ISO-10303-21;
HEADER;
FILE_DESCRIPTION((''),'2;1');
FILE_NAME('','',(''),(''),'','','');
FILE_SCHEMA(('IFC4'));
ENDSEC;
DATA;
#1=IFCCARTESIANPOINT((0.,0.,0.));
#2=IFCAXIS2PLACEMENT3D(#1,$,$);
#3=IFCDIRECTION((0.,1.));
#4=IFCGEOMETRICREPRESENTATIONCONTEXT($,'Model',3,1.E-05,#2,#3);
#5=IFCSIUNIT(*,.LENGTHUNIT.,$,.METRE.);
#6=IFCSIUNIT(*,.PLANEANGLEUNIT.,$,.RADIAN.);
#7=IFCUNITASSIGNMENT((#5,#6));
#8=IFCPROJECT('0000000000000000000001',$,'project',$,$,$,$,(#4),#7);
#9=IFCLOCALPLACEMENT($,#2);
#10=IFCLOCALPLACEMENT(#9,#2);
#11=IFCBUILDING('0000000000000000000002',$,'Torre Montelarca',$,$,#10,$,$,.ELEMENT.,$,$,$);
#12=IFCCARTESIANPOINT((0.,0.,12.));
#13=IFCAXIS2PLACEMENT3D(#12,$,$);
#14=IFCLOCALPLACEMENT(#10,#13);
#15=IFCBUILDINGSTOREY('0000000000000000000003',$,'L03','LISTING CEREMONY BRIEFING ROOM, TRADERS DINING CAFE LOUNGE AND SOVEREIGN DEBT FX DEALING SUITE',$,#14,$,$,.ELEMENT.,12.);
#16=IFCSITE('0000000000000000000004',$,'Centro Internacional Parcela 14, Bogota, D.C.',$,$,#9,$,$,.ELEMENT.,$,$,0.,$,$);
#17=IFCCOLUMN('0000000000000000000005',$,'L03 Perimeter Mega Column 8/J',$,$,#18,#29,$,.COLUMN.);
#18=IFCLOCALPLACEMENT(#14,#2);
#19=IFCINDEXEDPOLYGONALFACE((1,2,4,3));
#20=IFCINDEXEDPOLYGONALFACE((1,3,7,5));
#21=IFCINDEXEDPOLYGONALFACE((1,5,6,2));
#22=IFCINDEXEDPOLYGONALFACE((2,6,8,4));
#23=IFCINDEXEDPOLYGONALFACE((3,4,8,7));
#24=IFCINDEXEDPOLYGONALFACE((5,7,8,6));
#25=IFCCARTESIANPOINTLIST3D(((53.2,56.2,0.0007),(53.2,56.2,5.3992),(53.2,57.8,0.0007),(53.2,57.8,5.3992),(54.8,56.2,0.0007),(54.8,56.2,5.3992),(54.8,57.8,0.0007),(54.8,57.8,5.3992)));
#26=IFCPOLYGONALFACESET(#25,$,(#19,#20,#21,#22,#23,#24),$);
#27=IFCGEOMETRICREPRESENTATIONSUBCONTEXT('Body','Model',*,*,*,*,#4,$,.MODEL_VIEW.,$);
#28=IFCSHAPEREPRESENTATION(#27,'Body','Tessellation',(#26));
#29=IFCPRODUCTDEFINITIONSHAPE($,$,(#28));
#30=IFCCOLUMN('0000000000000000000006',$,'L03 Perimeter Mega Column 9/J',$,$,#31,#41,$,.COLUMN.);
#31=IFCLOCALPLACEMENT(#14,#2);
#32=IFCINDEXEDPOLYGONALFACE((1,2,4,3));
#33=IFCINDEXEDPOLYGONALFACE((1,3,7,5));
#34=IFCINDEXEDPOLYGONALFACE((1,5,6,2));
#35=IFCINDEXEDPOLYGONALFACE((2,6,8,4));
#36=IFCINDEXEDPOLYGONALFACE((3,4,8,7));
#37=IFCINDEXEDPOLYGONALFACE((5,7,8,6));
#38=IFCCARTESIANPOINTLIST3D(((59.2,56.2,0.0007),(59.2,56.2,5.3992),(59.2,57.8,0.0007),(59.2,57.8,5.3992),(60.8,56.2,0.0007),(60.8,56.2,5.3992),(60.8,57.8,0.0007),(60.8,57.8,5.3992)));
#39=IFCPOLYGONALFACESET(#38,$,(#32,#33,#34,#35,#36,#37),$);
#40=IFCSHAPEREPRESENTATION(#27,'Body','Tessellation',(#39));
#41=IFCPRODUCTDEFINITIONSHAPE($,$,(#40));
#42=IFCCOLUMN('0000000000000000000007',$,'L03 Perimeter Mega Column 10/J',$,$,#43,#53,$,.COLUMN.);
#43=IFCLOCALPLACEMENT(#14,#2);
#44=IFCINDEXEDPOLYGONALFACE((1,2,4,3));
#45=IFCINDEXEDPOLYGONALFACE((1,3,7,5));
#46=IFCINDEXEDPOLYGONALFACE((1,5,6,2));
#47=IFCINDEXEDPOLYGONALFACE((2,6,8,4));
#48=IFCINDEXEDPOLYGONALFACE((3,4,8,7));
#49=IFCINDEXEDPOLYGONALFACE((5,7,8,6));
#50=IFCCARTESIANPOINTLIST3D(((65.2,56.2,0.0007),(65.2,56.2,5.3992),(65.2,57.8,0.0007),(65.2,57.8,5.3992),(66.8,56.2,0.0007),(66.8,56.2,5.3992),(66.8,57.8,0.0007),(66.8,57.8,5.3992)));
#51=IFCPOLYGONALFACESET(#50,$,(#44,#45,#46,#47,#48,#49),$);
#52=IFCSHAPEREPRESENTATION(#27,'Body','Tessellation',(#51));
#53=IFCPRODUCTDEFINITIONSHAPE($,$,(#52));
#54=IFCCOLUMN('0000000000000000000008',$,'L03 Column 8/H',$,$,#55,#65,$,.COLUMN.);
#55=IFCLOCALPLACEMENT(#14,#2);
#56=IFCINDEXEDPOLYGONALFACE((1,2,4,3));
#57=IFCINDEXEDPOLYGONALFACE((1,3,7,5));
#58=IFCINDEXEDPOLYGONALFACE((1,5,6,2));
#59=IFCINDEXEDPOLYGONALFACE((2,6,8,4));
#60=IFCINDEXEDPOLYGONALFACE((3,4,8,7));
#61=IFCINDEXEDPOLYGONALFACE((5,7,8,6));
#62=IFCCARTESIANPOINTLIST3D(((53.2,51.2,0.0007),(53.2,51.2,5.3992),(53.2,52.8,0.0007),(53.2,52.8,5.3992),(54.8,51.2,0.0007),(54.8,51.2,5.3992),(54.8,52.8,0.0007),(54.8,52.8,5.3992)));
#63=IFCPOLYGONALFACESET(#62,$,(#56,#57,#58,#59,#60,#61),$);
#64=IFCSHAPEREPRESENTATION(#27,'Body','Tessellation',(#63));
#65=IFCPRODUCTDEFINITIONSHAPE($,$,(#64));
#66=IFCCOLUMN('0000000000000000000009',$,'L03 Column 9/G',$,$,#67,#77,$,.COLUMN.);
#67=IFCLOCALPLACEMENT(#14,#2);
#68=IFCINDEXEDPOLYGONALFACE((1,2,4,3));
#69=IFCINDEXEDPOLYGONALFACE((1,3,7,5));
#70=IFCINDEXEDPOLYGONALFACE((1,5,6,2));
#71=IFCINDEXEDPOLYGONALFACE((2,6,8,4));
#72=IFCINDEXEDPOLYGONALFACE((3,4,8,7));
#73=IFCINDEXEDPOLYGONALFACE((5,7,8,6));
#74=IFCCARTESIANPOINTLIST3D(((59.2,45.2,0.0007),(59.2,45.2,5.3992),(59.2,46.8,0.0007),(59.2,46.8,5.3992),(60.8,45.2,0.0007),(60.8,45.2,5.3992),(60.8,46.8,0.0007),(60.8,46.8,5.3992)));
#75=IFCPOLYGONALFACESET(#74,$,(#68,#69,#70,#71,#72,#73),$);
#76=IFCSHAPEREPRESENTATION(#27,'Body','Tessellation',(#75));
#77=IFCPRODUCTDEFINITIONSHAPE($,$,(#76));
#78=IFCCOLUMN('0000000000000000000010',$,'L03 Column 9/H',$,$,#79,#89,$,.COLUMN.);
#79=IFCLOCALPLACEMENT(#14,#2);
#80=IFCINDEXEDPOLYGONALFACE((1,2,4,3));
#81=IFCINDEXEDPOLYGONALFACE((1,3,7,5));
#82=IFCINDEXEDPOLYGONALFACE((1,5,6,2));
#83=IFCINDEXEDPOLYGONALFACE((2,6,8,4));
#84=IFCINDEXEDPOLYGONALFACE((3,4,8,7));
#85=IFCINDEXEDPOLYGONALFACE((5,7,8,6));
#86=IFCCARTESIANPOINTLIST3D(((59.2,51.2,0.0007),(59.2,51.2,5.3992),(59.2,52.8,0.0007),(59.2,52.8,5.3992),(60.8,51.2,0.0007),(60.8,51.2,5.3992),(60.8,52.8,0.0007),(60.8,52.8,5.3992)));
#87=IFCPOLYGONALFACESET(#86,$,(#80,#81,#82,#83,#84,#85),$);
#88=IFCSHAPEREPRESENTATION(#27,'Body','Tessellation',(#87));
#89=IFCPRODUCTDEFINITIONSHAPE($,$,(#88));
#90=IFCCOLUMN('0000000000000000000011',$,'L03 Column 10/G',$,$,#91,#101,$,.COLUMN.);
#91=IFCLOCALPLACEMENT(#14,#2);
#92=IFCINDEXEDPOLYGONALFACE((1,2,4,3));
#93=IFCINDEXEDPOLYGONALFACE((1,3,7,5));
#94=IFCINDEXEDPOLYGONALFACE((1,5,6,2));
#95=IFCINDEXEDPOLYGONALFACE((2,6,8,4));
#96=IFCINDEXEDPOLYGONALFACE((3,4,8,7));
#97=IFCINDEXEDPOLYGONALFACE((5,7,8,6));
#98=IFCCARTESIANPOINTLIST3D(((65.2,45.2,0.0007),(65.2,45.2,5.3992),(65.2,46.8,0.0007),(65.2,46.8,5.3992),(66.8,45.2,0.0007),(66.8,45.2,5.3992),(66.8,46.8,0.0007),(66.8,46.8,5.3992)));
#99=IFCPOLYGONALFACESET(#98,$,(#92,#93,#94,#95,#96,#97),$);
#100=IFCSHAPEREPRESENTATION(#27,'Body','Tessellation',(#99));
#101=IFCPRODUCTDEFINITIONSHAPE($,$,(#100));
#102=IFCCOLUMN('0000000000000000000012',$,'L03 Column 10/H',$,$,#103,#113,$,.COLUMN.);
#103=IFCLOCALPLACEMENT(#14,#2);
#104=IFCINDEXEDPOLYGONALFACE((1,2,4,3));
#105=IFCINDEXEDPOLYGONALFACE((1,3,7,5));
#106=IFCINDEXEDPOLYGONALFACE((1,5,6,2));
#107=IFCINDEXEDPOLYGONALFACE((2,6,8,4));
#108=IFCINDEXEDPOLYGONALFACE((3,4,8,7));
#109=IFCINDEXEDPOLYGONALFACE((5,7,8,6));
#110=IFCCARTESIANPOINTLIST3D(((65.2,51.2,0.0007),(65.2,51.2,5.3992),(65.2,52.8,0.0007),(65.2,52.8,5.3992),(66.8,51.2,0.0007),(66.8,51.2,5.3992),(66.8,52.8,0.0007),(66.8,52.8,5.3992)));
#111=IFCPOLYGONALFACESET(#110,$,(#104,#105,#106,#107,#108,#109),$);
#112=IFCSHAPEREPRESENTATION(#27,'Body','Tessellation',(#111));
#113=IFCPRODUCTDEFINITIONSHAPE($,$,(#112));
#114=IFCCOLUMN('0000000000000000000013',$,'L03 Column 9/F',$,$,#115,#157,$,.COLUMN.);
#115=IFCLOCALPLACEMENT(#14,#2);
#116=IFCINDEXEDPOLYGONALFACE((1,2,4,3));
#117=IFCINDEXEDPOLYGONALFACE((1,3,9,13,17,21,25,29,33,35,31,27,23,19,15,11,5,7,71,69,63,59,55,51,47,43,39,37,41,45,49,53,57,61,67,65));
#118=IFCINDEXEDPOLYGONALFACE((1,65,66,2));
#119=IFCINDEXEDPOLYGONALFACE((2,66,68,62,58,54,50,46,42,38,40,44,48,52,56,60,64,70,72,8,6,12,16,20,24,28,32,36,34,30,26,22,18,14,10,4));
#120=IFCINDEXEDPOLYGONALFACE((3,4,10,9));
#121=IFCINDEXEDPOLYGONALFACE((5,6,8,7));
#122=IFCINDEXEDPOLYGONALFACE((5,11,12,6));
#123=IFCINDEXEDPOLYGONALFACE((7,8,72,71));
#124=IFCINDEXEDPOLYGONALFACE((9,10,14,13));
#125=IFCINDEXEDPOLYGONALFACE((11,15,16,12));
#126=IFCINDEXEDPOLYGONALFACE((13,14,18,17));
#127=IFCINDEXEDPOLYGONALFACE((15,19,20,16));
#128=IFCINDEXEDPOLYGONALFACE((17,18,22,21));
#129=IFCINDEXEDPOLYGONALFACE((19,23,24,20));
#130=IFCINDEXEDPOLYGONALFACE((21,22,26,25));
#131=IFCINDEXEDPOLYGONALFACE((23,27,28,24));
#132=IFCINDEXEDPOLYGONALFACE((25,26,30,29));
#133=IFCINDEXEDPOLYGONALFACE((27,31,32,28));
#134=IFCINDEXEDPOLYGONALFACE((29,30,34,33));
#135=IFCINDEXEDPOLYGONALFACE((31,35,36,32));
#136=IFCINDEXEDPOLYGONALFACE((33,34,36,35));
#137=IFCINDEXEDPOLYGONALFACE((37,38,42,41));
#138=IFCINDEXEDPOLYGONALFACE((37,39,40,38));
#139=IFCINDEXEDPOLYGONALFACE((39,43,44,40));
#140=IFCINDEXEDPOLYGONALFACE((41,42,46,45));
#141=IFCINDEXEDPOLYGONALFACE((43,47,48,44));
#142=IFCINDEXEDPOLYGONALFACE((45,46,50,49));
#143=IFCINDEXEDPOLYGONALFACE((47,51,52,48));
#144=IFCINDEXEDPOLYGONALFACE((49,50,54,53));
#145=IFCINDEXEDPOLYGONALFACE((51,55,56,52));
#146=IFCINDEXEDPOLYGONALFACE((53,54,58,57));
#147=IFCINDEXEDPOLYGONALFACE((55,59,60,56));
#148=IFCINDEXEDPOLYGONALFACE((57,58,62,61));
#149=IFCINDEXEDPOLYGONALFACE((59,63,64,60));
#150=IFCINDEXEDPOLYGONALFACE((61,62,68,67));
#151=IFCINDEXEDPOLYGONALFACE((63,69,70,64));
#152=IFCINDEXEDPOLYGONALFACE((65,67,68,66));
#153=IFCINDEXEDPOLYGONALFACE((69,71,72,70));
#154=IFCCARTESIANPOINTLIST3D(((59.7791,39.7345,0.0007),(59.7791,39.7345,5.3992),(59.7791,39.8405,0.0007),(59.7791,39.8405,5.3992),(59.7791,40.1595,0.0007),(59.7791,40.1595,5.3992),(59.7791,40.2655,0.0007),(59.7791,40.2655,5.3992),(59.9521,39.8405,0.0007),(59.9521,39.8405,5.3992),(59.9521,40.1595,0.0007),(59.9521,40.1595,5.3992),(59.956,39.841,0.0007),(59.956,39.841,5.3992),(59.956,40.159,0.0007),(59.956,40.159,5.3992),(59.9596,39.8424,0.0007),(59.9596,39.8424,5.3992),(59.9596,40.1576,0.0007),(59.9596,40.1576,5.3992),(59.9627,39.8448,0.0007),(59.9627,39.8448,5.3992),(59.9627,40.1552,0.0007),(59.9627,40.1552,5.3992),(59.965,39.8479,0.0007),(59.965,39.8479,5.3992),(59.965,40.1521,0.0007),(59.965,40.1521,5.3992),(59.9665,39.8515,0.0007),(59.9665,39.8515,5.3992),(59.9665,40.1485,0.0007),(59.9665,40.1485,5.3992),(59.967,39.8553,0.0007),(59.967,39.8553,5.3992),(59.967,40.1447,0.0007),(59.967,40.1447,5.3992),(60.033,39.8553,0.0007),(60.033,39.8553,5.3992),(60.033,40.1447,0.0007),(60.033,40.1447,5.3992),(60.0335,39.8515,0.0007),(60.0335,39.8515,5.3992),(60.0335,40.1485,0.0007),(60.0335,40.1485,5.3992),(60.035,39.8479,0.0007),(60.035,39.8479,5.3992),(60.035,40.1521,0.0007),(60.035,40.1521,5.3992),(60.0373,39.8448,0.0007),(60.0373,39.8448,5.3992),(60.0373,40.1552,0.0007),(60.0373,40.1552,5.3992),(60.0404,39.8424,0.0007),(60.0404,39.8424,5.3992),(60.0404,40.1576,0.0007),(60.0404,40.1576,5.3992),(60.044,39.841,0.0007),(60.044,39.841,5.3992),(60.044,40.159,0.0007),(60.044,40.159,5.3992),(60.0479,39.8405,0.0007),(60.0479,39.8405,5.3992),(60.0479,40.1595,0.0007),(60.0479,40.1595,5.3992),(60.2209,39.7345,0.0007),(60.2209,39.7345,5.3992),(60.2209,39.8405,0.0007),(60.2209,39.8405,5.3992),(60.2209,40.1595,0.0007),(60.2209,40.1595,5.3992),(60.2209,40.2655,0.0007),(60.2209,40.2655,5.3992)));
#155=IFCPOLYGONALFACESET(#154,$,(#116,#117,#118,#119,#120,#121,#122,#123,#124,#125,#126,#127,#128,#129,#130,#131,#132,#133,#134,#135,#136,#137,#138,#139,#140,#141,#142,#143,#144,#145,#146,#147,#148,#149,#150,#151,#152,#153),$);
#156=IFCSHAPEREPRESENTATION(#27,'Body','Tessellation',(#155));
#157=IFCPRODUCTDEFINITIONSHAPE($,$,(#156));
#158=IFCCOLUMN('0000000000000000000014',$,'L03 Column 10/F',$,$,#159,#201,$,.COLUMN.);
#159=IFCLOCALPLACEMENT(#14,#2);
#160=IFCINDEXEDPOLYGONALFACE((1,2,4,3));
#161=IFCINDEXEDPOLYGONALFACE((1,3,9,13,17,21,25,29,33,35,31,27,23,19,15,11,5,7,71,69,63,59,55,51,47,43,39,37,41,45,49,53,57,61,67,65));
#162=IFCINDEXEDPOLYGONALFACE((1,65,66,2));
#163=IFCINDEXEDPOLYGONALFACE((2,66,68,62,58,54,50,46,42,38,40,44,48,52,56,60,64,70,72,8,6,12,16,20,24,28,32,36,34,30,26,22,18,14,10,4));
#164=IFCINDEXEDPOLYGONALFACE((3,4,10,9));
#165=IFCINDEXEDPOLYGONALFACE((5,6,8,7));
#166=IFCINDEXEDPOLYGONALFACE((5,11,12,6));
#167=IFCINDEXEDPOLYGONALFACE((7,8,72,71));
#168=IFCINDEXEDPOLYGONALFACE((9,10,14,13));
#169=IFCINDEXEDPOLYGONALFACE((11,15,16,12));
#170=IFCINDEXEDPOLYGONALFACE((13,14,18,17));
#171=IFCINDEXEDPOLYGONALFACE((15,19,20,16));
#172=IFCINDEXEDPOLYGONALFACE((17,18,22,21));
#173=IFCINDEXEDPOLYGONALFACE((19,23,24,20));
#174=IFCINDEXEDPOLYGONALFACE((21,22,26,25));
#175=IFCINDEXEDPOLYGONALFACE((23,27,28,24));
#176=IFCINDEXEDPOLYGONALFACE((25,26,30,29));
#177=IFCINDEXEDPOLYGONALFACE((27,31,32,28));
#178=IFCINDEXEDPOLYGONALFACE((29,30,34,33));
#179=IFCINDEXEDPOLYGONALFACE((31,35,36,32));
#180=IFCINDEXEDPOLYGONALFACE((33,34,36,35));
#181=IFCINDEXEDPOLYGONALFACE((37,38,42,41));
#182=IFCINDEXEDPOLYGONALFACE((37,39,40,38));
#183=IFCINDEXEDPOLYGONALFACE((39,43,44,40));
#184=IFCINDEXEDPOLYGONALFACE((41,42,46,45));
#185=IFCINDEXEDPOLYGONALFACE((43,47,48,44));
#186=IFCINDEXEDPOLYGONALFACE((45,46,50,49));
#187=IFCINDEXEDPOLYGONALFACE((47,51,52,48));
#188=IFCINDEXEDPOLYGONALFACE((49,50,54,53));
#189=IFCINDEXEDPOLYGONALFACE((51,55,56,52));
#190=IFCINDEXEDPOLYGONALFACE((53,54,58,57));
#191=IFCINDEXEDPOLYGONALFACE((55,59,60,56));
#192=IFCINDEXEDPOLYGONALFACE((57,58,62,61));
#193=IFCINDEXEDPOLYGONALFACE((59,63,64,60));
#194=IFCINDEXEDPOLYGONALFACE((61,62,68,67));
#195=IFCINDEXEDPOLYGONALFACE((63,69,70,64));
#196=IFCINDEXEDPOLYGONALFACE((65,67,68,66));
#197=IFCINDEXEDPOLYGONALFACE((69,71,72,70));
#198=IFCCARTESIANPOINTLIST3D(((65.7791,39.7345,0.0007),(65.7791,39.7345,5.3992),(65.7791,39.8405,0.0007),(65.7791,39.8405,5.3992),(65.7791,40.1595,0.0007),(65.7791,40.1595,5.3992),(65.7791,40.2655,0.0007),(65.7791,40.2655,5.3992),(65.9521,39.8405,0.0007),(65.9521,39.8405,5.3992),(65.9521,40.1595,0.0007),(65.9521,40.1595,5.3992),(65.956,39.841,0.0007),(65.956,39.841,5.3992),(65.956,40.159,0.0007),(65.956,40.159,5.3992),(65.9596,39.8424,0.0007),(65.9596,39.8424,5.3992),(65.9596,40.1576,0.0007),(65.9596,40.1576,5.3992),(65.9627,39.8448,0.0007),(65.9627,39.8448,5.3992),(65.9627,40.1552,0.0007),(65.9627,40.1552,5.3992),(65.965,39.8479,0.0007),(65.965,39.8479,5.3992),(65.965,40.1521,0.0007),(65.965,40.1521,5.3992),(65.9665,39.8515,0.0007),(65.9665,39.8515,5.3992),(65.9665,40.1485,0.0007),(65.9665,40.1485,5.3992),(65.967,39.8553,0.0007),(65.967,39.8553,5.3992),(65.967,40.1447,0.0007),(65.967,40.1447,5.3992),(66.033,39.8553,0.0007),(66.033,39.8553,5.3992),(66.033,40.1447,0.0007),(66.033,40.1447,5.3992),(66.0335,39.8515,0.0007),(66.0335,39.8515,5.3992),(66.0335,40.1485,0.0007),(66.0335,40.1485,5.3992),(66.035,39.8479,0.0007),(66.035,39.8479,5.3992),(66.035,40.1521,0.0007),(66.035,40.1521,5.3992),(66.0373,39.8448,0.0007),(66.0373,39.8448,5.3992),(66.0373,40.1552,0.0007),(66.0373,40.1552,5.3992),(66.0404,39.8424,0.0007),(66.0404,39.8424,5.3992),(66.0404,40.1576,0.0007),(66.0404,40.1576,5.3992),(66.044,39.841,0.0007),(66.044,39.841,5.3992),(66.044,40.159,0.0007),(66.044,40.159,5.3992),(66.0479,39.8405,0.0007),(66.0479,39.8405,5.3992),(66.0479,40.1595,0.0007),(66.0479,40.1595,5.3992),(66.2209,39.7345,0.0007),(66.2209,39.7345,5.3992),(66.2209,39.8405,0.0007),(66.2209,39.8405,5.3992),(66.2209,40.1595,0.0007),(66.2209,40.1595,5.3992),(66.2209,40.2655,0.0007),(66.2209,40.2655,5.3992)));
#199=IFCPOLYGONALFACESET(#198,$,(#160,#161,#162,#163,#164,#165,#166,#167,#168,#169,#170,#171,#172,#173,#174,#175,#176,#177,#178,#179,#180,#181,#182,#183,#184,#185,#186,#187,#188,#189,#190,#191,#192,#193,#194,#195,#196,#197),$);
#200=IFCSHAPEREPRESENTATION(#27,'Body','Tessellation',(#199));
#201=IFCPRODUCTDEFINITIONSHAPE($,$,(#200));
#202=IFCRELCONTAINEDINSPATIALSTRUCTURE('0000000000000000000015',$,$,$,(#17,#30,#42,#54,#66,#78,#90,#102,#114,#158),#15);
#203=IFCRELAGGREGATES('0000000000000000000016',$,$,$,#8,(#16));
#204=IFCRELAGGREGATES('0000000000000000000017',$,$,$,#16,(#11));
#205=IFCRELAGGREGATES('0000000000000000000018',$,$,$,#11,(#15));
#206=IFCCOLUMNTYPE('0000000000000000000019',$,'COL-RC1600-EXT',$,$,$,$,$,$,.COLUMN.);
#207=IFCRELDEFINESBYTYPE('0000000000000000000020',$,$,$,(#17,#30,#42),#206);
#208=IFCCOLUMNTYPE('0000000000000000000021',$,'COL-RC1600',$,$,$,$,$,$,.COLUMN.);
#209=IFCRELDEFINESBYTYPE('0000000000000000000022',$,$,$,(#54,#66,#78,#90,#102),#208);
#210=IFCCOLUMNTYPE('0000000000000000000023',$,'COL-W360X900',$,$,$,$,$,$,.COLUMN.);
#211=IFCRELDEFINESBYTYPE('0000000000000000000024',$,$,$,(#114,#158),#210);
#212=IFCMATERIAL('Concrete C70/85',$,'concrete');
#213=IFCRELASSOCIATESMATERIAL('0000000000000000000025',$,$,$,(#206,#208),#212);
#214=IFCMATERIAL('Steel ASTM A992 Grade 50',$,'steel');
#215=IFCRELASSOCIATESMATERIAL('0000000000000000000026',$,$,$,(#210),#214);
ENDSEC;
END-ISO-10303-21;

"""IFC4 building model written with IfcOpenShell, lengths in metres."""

from ifc_helpers import new_model, si_unit, direction, frame, origin, origin_2d, place, context, subcontext, project, spatial, rectangle, i_section, extrude, source, transform, mapped, material, material_profile, profile_set, type_object, element, save


model = new_model("IFC4")

# Units and contexts
model_context = context("Model", 3, precision=1e-05, world=origin(), true_north=direction((0.0, 1.0)))
body_context = subcontext(model_context, "Body", "Model", "MODEL_VIEW")
ifc_project = project(units=[si_unit("LENGTHUNIT", "METRE"), si_unit("PLANEANGLEUNIT", "RADIAN")], contexts=[model_context])

# Site, building, storey
site_placement = place(None, origin())
site = spatial("IfcSite", under=ifc_project, at=site_placement, Name="Centro Internacional Parcela 14, Bogota, D.C.", CompositionType="ELEMENT", RefElevation=0.0)
building_placement = place(site_placement, origin())
building = spatial("IfcBuilding", under=site, at=building_placement, Name="Torre Montelarca", CompositionType="ELEMENT")
storey_placement = place(building_placement, frame((0.0, 0.0, 12.0)))
storey = spatial("IfcBuildingStorey", under=building, at=storey_placement, Name="L03", Description="LISTING CEREMONY BRIEFING ROOM, TRADERS DINING CAFE LOUNGE AND SOVEREIGN DEBT FX DEALING SUITE", CompositionType="ELEMENT", Elevation=12.0)

# Columns
ifc_material_1 = material(Name="Concrete C70/85", Category="concrete")
ifc_material_profile_1 = material_profile(ifc_material_1, rectangle(XDim=1.6001, YDim=1.6001, at=origin_2d()), Name="RC1600X1600", Category="concrete")
ifc_profile_set_1 = profile_set([ifc_material_profile_1], Name="Concrete C70/85")
column_type_1 = type_object("IfcColumnType", Name="COL-RC1600-EXT", PredefinedType="COLUMN", material=ifc_profile_set_1)
shared_shape_1 = source(origin(), body_context, "Body", "SweptSolid", [
    extrude(rectangle(XDim=1.6001, YDim=1.6001, at=origin_2d()), origin(), (0.0, 0.0, 1.0), 5.3984),
])
for number, where, z_axis, x_axis, name in (
    (1, (54.0, 57.0, 0.0007), (0.0, 0.0, 1.0), (1.0, 0.0, 0.0), "L03 Perimeter Mega Column 8/J"),
    (2, (60.0, 57.0, 0.0007), (0.0, 0.0, 1.0), (1.0, 0.0, 0.0), "L03 Perimeter Mega Column 9/J"),
    (3, (66.0, 57.0, 0.0007), (0.0, 0.0, 1.0), (1.0, 0.0, 0.0), "L03 Perimeter Mega Column 10/J"),
):
    element("IfcColumn", number, at=place(storey_placement, frame(where, z_axis=z_axis, x_axis=x_axis)), inside=storey, type_object=column_type_1, Name=name, PredefinedType="COLUMN", context=body_context, shape_type="MappedRepresentation", body=[
        mapped(shared_shape_1, transform((0.0, 0.0, 0.0), scale=1.0)),
    ])
ifc_material_profile_2 = material_profile(ifc_material_1, rectangle(XDim=1.6001, YDim=1.6001, at=origin_2d()), Name="RC1600X1600", Category="concrete")
ifc_profile_set_2 = profile_set([ifc_material_profile_2], Name="Concrete C70/85")
column_type_2 = type_object("IfcColumnType", Name="COL-RC1600", PredefinedType="COLUMN", material=ifc_profile_set_2)
shared_shape_2 = source(origin(), body_context, "Body", "SweptSolid", [
    extrude(rectangle(XDim=1.6001, YDim=1.6001, at=origin_2d()), origin(), (0.0, 0.0, 1.0), 5.3984),
])
for number, where, z_axis, x_axis, name in (
    (4, (54.0, 52.0, 0.0007), (0.0, 0.0, 1.0), (1.0, 0.0, 0.0), "L03 Column 8/H"),
    (5, (60.0, 46.0, 0.0007), (0.0, 0.0, 1.0), (1.0, 0.0, 0.0), "L03 Column 9/G"),
    (6, (60.0, 52.0, 0.0007), (0.0, 0.0, 1.0), (1.0, 0.0, 0.0), "L03 Column 9/H"),
    (7, (66.0, 46.0, 0.0007), (0.0, 0.0, 1.0), (1.0, 0.0, 0.0), "L03 Column 10/G"),
    (8, (66.0, 52.0, 0.0007), (0.0, 0.0, 1.0), (1.0, 0.0, 0.0), "L03 Column 10/H"),
):
    element("IfcColumn", number, at=place(storey_placement, frame(where, z_axis=z_axis, x_axis=x_axis)), inside=storey, type_object=column_type_2, Name=name, PredefinedType="COLUMN", context=body_context, shape_type="MappedRepresentation", body=[
        mapped(shared_shape_2, transform((0.0, 0.0, 0.0), scale=1.0)),
    ])
ifc_material_2 = material(Name="Steel ASTM A992 Grade 50", Category="steel")
ifc_material_profile_3 = material_profile(ifc_material_2, i_section(OverallWidth=0.4419, OverallDepth=0.531, WebThickness=0.0659, FlangeThickness=0.106, FilletRadius=0.0149, at=origin_2d()), Name="W360X900", Category="steel")
ifc_profile_set_3 = profile_set([ifc_material_profile_3], Name="Steel ASTM A992 Grade 50")
column_type_3 = type_object("IfcColumnType", Name="COL-W360X900", PredefinedType="COLUMN", material=ifc_profile_set_3)
shared_shape_3 = source(origin(), body_context, "Body", "SweptSolid", [
    extrude(i_section(OverallWidth=0.4419, OverallDepth=0.531, WebThickness=0.0659, FlangeThickness=0.106, FilletRadius=0.0149, at=origin_2d()), origin(), (0.0, 0.0, 1.0), 5.3984),
])
for number, where, z_axis, x_axis, name in (
    (9, (60.0, 40.0, 0.0007), (0.0, 0.0, 1.0), (1.0, 0.0, 0.0), "L03 Column 9/F"),
    (10, (66.0, 40.0, 0.0007), (0.0, 0.0, 1.0), (1.0, 0.0, 0.0), "L03 Column 10/F"),
):
    element("IfcColumn", number, at=place(storey_placement, frame(where, z_axis=z_axis, x_axis=x_axis)), inside=storey, type_object=column_type_3, Name=name, PredefinedType="COLUMN", context=body_context, shape_type="MappedRepresentation", body=[
        mapped(shared_shape_3, transform((0.0, 0.0, 0.0), scale=1.0)),
    ])

save(model, "model.ifc")
